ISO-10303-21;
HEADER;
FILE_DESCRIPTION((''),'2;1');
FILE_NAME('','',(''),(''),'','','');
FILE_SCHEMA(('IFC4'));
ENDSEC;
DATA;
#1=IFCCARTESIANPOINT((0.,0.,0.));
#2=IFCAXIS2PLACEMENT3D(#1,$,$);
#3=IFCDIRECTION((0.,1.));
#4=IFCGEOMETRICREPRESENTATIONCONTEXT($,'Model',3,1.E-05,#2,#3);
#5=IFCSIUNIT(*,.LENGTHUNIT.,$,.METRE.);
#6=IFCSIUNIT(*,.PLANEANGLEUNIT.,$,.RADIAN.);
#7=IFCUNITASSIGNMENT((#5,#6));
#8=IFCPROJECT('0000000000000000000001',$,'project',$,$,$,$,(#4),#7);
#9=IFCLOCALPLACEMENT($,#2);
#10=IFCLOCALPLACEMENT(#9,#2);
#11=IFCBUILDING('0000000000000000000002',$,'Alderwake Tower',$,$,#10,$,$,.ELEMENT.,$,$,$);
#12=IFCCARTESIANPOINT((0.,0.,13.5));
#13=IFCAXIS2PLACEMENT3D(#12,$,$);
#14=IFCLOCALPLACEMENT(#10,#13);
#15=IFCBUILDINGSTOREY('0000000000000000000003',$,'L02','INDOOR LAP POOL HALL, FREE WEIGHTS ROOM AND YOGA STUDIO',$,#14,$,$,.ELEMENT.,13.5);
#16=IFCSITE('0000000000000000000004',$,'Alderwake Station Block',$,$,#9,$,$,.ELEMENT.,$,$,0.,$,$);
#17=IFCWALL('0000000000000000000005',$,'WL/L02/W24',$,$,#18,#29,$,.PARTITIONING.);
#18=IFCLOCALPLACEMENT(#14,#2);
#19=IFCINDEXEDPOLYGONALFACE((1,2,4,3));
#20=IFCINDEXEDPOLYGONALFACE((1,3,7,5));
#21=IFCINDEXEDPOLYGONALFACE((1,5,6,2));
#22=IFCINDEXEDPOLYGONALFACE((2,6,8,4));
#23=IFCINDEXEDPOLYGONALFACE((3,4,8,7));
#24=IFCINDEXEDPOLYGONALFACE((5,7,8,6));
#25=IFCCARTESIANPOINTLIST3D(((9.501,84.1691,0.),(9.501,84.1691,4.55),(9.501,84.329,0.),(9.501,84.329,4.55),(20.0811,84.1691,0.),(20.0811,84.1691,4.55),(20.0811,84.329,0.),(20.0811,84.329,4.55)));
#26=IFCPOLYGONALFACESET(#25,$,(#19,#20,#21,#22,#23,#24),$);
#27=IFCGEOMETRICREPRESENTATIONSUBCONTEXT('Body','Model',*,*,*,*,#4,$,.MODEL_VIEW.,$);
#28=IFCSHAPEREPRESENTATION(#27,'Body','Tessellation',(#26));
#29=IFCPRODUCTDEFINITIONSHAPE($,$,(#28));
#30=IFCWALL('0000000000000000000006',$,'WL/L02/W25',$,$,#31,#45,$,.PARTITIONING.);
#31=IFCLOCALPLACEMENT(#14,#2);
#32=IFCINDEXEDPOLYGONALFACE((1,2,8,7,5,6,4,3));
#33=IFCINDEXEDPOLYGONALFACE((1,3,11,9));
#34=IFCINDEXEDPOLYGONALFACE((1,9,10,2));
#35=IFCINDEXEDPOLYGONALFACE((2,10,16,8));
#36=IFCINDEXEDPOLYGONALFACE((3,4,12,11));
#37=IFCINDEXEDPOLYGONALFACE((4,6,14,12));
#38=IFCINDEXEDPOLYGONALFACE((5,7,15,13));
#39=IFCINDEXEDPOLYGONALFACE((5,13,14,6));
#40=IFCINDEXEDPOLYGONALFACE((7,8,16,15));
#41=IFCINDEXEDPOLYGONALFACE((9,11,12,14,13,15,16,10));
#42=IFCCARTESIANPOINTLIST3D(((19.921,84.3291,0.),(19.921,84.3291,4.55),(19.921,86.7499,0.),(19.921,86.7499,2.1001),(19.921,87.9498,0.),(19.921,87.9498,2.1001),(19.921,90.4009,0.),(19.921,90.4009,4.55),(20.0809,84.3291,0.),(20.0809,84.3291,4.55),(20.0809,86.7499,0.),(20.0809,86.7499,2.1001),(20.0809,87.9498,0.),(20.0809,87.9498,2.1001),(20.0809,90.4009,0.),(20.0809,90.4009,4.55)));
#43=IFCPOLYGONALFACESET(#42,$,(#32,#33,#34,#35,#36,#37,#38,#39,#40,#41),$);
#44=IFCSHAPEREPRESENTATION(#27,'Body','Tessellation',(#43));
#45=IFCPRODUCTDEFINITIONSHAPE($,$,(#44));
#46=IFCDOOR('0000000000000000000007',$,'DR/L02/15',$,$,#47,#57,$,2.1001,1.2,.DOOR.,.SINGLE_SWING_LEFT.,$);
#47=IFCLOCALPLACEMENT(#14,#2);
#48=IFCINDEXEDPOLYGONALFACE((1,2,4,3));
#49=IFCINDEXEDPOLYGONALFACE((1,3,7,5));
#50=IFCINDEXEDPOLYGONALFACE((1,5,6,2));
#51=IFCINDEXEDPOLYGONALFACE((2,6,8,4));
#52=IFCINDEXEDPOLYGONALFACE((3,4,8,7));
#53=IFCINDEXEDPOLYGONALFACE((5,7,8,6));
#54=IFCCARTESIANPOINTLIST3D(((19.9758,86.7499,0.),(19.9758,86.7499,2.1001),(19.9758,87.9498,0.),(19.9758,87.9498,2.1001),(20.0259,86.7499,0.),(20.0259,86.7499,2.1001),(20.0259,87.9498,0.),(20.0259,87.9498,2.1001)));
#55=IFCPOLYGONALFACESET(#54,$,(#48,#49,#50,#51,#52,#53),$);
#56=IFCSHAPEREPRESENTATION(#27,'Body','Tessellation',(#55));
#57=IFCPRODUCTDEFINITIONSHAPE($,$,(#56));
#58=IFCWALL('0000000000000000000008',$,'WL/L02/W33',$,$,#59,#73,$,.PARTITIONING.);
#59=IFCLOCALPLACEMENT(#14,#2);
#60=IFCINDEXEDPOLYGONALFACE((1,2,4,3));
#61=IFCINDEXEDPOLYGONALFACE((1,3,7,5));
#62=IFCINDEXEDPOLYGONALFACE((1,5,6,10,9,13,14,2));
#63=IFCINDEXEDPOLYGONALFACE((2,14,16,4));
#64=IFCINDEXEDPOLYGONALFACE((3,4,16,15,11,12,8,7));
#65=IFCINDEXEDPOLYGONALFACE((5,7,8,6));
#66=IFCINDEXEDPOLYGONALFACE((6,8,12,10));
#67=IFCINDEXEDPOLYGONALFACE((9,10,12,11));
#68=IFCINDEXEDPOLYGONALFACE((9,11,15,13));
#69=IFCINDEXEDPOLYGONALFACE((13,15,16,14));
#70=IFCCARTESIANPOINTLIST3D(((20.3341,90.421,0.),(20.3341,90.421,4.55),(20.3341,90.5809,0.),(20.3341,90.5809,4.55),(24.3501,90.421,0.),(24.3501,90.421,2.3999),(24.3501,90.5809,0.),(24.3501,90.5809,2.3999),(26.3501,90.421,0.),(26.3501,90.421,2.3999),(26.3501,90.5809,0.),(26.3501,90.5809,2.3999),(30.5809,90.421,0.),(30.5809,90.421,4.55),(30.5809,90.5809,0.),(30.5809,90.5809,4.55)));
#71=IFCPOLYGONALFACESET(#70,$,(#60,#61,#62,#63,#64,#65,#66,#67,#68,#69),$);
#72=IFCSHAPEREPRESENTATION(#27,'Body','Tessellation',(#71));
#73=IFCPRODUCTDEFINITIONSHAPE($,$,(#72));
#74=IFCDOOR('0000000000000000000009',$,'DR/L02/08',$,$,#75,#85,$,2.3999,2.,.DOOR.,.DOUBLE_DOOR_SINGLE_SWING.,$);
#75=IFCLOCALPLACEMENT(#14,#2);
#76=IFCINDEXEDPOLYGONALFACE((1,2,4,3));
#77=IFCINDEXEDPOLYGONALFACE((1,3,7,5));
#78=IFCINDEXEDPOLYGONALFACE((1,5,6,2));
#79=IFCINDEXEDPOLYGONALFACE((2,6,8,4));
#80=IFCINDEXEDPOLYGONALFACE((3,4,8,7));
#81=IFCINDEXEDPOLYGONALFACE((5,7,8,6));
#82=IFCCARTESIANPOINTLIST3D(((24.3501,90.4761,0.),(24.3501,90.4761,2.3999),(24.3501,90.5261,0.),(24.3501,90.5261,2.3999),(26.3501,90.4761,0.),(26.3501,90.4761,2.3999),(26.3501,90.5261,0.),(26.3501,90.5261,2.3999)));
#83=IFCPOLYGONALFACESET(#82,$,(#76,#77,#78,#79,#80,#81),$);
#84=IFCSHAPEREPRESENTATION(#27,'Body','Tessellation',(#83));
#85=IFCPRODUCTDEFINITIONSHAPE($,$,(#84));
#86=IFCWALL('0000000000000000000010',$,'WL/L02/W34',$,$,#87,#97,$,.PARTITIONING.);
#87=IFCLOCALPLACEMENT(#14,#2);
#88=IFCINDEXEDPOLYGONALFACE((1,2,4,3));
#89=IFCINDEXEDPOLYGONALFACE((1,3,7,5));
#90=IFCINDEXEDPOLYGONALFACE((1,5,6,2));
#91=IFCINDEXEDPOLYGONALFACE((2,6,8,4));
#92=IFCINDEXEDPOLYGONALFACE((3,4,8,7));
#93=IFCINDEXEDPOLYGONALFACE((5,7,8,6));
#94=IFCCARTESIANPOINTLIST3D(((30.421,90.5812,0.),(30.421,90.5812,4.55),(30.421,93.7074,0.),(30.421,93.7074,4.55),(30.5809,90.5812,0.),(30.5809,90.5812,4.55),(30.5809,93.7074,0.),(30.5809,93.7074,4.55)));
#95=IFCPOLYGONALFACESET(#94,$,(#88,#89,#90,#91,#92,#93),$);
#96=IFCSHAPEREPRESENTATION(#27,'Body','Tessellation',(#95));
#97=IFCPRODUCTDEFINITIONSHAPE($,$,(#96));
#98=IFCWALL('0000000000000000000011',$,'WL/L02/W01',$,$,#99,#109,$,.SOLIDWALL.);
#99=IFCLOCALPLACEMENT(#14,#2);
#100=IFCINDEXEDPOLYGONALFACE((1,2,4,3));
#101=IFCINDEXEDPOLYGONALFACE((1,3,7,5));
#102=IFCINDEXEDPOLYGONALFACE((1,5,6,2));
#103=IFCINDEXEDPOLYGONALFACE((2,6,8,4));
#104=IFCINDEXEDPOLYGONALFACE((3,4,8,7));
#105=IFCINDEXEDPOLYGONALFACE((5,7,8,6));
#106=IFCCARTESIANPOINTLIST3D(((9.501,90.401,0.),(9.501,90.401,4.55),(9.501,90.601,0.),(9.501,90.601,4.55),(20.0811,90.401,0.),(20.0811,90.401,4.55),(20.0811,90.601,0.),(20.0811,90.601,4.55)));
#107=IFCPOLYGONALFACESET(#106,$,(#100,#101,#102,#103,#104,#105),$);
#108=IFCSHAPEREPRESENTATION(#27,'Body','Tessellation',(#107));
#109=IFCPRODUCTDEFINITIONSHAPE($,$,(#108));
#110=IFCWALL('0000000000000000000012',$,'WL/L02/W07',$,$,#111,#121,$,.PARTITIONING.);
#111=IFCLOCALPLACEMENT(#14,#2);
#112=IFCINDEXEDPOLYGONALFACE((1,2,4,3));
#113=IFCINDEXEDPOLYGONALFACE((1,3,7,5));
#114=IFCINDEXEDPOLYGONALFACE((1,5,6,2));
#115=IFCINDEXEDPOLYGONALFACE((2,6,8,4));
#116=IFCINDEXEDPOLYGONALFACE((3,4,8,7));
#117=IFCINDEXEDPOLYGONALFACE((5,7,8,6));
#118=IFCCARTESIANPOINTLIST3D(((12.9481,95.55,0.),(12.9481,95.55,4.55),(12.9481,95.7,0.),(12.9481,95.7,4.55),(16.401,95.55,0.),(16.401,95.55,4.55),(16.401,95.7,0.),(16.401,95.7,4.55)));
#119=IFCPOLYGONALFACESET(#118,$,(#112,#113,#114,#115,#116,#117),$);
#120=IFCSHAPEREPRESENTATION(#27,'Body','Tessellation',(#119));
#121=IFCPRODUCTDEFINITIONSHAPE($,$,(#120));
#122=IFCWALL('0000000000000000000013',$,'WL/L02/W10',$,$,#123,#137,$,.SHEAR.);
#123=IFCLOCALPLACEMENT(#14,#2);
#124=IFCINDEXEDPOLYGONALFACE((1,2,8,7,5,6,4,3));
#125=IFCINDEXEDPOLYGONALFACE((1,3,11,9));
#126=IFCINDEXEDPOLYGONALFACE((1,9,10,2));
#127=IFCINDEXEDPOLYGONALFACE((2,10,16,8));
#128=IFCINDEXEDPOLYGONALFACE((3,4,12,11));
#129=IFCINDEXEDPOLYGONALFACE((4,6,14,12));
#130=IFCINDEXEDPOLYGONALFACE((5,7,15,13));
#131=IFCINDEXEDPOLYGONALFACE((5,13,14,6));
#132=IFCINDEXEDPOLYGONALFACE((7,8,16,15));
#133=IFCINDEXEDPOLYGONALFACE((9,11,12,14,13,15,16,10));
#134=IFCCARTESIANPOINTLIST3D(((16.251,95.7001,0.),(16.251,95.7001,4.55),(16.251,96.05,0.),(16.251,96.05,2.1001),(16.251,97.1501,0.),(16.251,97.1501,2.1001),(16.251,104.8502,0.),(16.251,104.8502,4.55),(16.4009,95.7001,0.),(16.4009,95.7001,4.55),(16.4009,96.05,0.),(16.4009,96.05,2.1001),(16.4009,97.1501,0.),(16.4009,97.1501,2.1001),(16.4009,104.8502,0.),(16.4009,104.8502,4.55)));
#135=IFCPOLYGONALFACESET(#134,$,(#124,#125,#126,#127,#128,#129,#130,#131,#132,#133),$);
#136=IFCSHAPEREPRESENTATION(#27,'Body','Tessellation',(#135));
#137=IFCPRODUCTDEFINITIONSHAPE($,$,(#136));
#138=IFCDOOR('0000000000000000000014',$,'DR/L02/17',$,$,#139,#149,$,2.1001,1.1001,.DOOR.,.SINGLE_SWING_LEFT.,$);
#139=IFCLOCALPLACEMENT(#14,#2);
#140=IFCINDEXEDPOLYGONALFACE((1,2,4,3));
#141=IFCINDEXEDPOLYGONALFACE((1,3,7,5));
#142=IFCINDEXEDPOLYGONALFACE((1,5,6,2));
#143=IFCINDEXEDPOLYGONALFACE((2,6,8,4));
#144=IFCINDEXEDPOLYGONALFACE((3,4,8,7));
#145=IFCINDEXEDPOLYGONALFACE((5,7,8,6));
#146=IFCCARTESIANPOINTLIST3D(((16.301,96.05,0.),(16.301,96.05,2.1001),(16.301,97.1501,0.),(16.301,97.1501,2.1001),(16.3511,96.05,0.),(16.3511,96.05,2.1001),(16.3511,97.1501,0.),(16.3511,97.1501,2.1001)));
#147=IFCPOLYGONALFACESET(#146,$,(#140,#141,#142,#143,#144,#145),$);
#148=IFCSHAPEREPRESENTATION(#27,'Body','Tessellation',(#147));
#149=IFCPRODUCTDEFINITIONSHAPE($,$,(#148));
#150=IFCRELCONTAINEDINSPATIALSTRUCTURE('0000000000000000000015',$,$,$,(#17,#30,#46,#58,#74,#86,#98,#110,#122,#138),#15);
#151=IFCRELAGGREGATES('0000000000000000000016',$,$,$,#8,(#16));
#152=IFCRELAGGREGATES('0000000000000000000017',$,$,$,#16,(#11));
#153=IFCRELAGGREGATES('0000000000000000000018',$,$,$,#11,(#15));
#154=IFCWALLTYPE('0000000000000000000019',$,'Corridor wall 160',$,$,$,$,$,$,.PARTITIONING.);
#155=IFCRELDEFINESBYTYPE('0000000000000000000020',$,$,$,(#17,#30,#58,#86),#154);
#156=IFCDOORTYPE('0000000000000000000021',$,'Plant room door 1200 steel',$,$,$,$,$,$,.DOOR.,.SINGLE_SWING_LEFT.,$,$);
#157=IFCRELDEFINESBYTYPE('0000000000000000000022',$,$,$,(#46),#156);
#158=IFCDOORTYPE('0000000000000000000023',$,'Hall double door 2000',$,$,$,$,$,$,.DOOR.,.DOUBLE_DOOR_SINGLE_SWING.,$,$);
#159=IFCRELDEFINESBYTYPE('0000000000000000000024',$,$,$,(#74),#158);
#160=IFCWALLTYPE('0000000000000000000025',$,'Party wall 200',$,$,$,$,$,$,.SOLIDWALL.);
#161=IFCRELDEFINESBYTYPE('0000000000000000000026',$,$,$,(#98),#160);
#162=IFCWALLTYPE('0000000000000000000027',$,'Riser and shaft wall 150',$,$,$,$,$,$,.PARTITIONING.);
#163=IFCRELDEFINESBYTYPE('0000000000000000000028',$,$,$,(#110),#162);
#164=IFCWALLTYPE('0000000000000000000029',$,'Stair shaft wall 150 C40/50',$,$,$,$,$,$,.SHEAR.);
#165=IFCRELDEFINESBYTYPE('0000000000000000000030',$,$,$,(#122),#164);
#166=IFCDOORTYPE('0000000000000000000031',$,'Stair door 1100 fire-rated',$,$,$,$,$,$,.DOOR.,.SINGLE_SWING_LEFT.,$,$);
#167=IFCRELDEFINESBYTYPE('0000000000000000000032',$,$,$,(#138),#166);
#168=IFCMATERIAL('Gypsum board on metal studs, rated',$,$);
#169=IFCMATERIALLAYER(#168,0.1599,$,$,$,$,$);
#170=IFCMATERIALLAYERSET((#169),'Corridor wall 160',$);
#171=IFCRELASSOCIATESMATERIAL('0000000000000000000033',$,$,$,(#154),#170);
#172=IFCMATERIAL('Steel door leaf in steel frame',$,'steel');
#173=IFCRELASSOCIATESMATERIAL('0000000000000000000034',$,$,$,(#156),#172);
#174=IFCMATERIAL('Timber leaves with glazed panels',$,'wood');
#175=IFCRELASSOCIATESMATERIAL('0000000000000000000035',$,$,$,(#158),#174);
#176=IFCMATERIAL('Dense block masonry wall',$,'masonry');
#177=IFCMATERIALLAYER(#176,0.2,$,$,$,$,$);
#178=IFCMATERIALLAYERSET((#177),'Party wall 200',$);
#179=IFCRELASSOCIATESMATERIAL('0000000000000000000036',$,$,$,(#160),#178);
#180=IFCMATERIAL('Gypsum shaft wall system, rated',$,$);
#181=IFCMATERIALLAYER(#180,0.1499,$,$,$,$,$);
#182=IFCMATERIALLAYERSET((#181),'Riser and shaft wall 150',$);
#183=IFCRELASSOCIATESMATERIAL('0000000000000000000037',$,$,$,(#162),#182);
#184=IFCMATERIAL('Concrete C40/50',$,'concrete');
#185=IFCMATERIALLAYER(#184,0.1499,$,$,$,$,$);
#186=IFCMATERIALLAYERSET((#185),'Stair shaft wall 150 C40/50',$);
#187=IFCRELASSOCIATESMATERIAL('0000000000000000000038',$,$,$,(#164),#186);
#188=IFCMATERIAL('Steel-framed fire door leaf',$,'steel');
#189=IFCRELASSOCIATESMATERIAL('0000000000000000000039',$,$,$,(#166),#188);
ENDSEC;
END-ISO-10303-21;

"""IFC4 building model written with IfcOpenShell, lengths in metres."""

from ifc_helpers import new_model, si_unit, direction, frame, frame_2d, origin, place, context, subcontext, project, spatial, rectangle, extrude, material, layer, layer_set, type_object, element, fill, save


model = new_model("IFC4")

# Units and contexts
model_context = context("Model", 3, precision=1e-05, world=origin(), true_north=direction((0.0, 1.0)))
body_context = subcontext(model_context, "Body", "Model", "MODEL_VIEW")
ifc_project = project(units=[si_unit("LENGTHUNIT", "METRE"), si_unit("PLANEANGLEUNIT", "RADIAN")], contexts=[model_context])

# Site, building, storey
site_placement = place(None, origin())
site = spatial("IfcSite", under=ifc_project, at=site_placement, Name="Alderwake Station Block", CompositionType="ELEMENT", RefElevation=0.0)
building_placement = place(site_placement, origin())
building = spatial("IfcBuilding", under=site, at=building_placement, Name="Alderwake Tower", CompositionType="ELEMENT")
storey_placement = place(building_placement, frame((0.0, 0.0, 13.5)))
storey = spatial("IfcBuildingStorey", under=building, at=storey_placement, Name="L02", Description="INDOOR LAP POOL HALL, FREE WEIGHTS ROOM AND YOGA STUDIO", CompositionType="ELEMENT", Elevation=13.5)

# Wall
ifc_material_1 = material(Name="Gypsum board on metal studs, rated")
ifc_layer_1 = layer(ifc_material_1, 0.1599)
ifc_layer_set_1 = layer_set([ifc_layer_1], Name="Corridor wall 160")
wall_type_1 = type_object("IfcWallType", Name="Corridor wall 160", PredefinedType="PARTITIONING", material=ifc_layer_set_1)
wall_1_placement = place(storey_placement, frame((20.0811, 84.249, 0.0), z_axis=(0.0, 0.0, 1.0), x_axis=(-1.0, 0.0, 0.0)))
element("IfcWall", 1, at=wall_1_placement, inside=storey, type_object=wall_type_1, Name="WL/L02/W24", PredefinedType="PARTITIONING", context=body_context, shape_type="SweptSolid", body=[
    extrude(rectangle(XDim=10.5801, YDim=0.1599, at=frame_2d((5.29, 0.0))), origin(), (0.0, 0.0, 1.0), 4.55),
])

# Walls, openings, doors
wall_2_placement = place(storey_placement, frame((20.001, 90.4009, 0.0), z_axis=(0.0, 0.0, 1.0), x_axis=(0.0, -1.0, 0.0)))
wall_2 = element("IfcWall", 2, at=wall_2_placement, inside=storey, type_object=wall_type_1, Name="WL/L02/W25", PredefinedType="PARTITIONING", context=body_context, shape_type="SweptSolid", body=[
    extrude(rectangle(XDim=6.0718, YDim=0.1599, at=frame_2d((3.0359, 0.0))), origin(), (0.0, 0.0, 1.0), 4.55),
])
opening_1_placement = place(wall_2_placement, frame((2.4509, 0.0, 0.0)))
opening_1 = element("IfcOpeningElement", 3, at=opening_1_placement, cuts=wall_2, PredefinedType="OPENING", context=body_context, shape_type="SweptSolid", body=[
    extrude(rectangle(XDim=1.2, YDim=2.1001, at=frame_2d((0.6001, 1.05))), frame((0.0, 0.0898, 0.0), z_axis=(0.0, -1.0, 0.0), x_axis=(1.0, 0.0, 0.0)), (0.0, 0.0, 1.0), 0.1799),
])
ifc_material_2 = material(Name="Steel door leaf in steel frame", Category="steel")
door_type_1 = type_object("IfcDoorType", Name="Plant room door 1200 steel", OperationType="SINGLE_SWING_LEFT", PredefinedType="DOOR", material=ifc_material_2)
door_1_placement = place(opening_1_placement, origin())
door_1 = element("IfcDoor", 4, at=door_1_placement, inside=storey, type_object=door_type_1, Name="DR/L02/15", OperationType="SINGLE_SWING_LEFT", OverallHeight=2.1001, OverallWidth=1.2, PredefinedType="DOOR", context=body_context, shape_type="SweptSolid", body=[
    extrude(rectangle(XDim=1.2, YDim=2.1001, at=frame_2d((0.6001, 1.05))), frame((0.0, 0.0249, 0.0), z_axis=(0.0, -1.0, 0.0), x_axis=(1.0, 0.0, 0.0)), (0.0, 0.0, 1.0), 0.05),
])
fill(opening_1, door_1)
wall_3_placement = place(storey_placement, frame((30.5811, 90.501, 0.0), z_axis=(0.0, 0.0, 1.0), x_axis=(-1.0, 0.0, 0.0)))
wall_3 = element("IfcWall", 5, at=wall_3_placement, inside=storey, type_object=wall_type_1, Name="WL/L02/W33", PredefinedType="PARTITIONING", context=body_context, shape_type="SweptSolid", body=[
    extrude(rectangle(XDim=10.2468, YDim=0.1599, at=frame_2d((5.1235, 0.0))), origin(), (0.0, 0.0, 1.0), 4.55),
])
opening_2_placement = place(wall_3_placement, frame((4.231, 0.0, 0.0)))
opening_2 = element("IfcOpeningElement", 6, at=opening_2_placement, cuts=wall_3, PredefinedType="OPENING", context=body_context, shape_type="SweptSolid", body=[
    extrude(rectangle(XDim=2.0, YDim=2.3999, at=frame_2d((1.0, 1.2))), frame((0.0, 0.0898, 0.0), z_axis=(0.0, -1.0, 0.0), x_axis=(1.0, 0.0, 0.0)), (0.0, 0.0, 1.0), 0.1799),
])
ifc_material_3 = material(Name="Timber leaves with glazed panels", Category="wood")
door_type_2 = type_object("IfcDoorType", Name="Hall double door 2000", OperationType="DOUBLE_DOOR_SINGLE_SWING", PredefinedType="DOOR", material=ifc_material_3)
door_2_placement = place(opening_2_placement, origin())
door_2 = element("IfcDoor", 7, at=door_2_placement, inside=storey, type_object=door_type_2, Name="DR/L02/08", OperationType="DOUBLE_DOOR_SINGLE_SWING", OverallHeight=2.3999, OverallWidth=2.0, PredefinedType="DOOR", context=body_context, shape_type="SweptSolid", body=[
    extrude(rectangle(XDim=2.0, YDim=2.3999, at=frame_2d((1.0, 1.2))), frame((0.0, 0.0249, 0.0), z_axis=(0.0, -1.0, 0.0), x_axis=(1.0, 0.0, 0.0)), (0.0, 0.0, 1.0), 0.05),
])
fill(opening_2, door_2)

# Wall
wall_4_placement = place(storey_placement, frame((30.501, 93.7073, 0.0), z_axis=(0.0, 0.0, 1.0), x_axis=(0.0, -1.0, 0.0)))
element("IfcWall", 8, at=wall_4_placement, inside=storey, type_object=wall_type_1, Name="WL/L02/W34", PredefinedType="PARTITIONING", context=body_context, shape_type="SweptSolid", body=[
    extrude(rectangle(XDim=3.1262, YDim=0.1599, at=frame_2d((1.563, 0.0))), origin(), (0.0, 0.0, 1.0), 4.55),
])

# Walls
ifc_material_4 = material(Name="Dense block masonry wall", Category="masonry")
ifc_layer_2 = layer(ifc_material_4, 0.2)
ifc_layer_set_2 = layer_set([ifc_layer_2], Name="Party wall 200")
wall_type_2 = type_object("IfcWallType", Name="Party wall 200", PredefinedType="SOLIDWALL", material=ifc_layer_set_2)
wall_5_placement = place(storey_placement, frame((9.501, 90.501, 0.0), z_axis=(0.0, 0.0, 1.0), x_axis=(1.0, 0.0, 0.0)))
element("IfcWall", 9, at=wall_5_placement, inside=storey, type_object=wall_type_2, Name="WL/L02/W01", PredefinedType="SOLIDWALL", context=body_context, shape_type="SweptSolid", body=[
    extrude(rectangle(XDim=10.5801, YDim=0.2, at=frame_2d((5.29, 0.0))), origin(), (0.0, 0.0, 1.0), 4.55),
])
ifc_material_5 = material(Name="Gypsum shaft wall system, rated")
ifc_layer_3 = layer(ifc_material_5, 0.1499)
ifc_layer_set_3 = layer_set([ifc_layer_3], Name="Riser and shaft wall 150")
wall_type_3 = type_object("IfcWallType", Name="Riser and shaft wall 150", PredefinedType="PARTITIONING", material=ifc_layer_set_3)
wall_6_placement = place(storey_placement, frame((12.948, 95.625, 0.0), z_axis=(0.0, 0.0, 1.0), x_axis=(1.0, 0.0, 0.0)))
element("IfcWall", 10, at=wall_6_placement, inside=storey, type_object=wall_type_3, Name="WL/L02/W07", PredefinedType="PARTITIONING", context=body_context, shape_type="SweptSolid", body=[
    extrude(rectangle(XDim=3.4529, YDim=0.1499, at=frame_2d((1.7266, 0.0))), origin(), (0.0, 0.0, 1.0), 4.55),
])

# Wall, opening, door
ifc_material_6 = material(Name="Concrete C40/50", Category="concrete")
ifc_layer_4 = layer(ifc_material_6, 0.1499)
ifc_layer_set_4 = layer_set([ifc_layer_4], Name="Stair shaft wall 150 C40/50")
wall_type_4 = type_object("IfcWallType", Name="Stair shaft wall 150 C40/50", PredefinedType="SHEAR", material=ifc_layer_set_4)
wall_7_placement = place(storey_placement, frame((16.3259, 95.7, 0.0), z_axis=(0.0, 0.0, 1.0), x_axis=(0.0, 1.0, 0.0)))
wall_7 = element("IfcWall", 11, at=wall_7_placement, inside=storey, type_object=wall_type_4, Name="WL/L02/W10", PredefinedType="SHEAR", context=body_context, shape_type="SweptSolid", body=[
    extrude(rectangle(XDim=9.1501, YDim=0.1499, at=frame_2d((4.5752, 0.0))), origin(), (0.0, 0.0, 1.0), 4.55),
])
opening_3_placement = place(wall_7_placement, frame((0.3501, 0.0, 0.0)))
opening_3 = element("IfcOpeningElement", 12, at=opening_3_placement, cuts=wall_7, PredefinedType="OPENING", context=body_context, shape_type="SweptSolid", body=[
    extrude(rectangle(XDim=1.1001, YDim=2.1001, at=frame_2d((0.55, 1.05))), frame((0.0, 0.085, 0.0), z_axis=(0.0, -1.0, 0.0), x_axis=(1.0, 0.0, 0.0)), (0.0, 0.0, 1.0), 0.1699),
])
ifc_material_7 = material(Name="Steel-framed fire door leaf", Category="steel")
door_type_3 = type_object("IfcDoorType", Name="Stair door 1100 fire-rated", OperationType="SINGLE_SWING_LEFT", PredefinedType="DOOR", material=ifc_material_7)
door_3_placement = place(opening_3_placement, origin())
door_3 = element("IfcDoor", 13, at=door_3_placement, inside=storey, type_object=door_type_3, Name="DR/L02/17", OperationType="SINGLE_SWING_LEFT", OverallHeight=2.1001, OverallWidth=1.1001, PredefinedType="DOOR", context=body_context, shape_type="SweptSolid", body=[
    extrude(rectangle(XDim=1.1001, YDim=2.1001, at=frame_2d((0.55, 1.05))), frame((0.0, 0.0249, 0.0), z_axis=(0.0, -1.0, 0.0), x_axis=(1.0, 0.0, 0.0)), (0.0, 0.0, 1.0), 0.05),
])
fill(opening_3, door_3)

save(model, "model.ifc")
